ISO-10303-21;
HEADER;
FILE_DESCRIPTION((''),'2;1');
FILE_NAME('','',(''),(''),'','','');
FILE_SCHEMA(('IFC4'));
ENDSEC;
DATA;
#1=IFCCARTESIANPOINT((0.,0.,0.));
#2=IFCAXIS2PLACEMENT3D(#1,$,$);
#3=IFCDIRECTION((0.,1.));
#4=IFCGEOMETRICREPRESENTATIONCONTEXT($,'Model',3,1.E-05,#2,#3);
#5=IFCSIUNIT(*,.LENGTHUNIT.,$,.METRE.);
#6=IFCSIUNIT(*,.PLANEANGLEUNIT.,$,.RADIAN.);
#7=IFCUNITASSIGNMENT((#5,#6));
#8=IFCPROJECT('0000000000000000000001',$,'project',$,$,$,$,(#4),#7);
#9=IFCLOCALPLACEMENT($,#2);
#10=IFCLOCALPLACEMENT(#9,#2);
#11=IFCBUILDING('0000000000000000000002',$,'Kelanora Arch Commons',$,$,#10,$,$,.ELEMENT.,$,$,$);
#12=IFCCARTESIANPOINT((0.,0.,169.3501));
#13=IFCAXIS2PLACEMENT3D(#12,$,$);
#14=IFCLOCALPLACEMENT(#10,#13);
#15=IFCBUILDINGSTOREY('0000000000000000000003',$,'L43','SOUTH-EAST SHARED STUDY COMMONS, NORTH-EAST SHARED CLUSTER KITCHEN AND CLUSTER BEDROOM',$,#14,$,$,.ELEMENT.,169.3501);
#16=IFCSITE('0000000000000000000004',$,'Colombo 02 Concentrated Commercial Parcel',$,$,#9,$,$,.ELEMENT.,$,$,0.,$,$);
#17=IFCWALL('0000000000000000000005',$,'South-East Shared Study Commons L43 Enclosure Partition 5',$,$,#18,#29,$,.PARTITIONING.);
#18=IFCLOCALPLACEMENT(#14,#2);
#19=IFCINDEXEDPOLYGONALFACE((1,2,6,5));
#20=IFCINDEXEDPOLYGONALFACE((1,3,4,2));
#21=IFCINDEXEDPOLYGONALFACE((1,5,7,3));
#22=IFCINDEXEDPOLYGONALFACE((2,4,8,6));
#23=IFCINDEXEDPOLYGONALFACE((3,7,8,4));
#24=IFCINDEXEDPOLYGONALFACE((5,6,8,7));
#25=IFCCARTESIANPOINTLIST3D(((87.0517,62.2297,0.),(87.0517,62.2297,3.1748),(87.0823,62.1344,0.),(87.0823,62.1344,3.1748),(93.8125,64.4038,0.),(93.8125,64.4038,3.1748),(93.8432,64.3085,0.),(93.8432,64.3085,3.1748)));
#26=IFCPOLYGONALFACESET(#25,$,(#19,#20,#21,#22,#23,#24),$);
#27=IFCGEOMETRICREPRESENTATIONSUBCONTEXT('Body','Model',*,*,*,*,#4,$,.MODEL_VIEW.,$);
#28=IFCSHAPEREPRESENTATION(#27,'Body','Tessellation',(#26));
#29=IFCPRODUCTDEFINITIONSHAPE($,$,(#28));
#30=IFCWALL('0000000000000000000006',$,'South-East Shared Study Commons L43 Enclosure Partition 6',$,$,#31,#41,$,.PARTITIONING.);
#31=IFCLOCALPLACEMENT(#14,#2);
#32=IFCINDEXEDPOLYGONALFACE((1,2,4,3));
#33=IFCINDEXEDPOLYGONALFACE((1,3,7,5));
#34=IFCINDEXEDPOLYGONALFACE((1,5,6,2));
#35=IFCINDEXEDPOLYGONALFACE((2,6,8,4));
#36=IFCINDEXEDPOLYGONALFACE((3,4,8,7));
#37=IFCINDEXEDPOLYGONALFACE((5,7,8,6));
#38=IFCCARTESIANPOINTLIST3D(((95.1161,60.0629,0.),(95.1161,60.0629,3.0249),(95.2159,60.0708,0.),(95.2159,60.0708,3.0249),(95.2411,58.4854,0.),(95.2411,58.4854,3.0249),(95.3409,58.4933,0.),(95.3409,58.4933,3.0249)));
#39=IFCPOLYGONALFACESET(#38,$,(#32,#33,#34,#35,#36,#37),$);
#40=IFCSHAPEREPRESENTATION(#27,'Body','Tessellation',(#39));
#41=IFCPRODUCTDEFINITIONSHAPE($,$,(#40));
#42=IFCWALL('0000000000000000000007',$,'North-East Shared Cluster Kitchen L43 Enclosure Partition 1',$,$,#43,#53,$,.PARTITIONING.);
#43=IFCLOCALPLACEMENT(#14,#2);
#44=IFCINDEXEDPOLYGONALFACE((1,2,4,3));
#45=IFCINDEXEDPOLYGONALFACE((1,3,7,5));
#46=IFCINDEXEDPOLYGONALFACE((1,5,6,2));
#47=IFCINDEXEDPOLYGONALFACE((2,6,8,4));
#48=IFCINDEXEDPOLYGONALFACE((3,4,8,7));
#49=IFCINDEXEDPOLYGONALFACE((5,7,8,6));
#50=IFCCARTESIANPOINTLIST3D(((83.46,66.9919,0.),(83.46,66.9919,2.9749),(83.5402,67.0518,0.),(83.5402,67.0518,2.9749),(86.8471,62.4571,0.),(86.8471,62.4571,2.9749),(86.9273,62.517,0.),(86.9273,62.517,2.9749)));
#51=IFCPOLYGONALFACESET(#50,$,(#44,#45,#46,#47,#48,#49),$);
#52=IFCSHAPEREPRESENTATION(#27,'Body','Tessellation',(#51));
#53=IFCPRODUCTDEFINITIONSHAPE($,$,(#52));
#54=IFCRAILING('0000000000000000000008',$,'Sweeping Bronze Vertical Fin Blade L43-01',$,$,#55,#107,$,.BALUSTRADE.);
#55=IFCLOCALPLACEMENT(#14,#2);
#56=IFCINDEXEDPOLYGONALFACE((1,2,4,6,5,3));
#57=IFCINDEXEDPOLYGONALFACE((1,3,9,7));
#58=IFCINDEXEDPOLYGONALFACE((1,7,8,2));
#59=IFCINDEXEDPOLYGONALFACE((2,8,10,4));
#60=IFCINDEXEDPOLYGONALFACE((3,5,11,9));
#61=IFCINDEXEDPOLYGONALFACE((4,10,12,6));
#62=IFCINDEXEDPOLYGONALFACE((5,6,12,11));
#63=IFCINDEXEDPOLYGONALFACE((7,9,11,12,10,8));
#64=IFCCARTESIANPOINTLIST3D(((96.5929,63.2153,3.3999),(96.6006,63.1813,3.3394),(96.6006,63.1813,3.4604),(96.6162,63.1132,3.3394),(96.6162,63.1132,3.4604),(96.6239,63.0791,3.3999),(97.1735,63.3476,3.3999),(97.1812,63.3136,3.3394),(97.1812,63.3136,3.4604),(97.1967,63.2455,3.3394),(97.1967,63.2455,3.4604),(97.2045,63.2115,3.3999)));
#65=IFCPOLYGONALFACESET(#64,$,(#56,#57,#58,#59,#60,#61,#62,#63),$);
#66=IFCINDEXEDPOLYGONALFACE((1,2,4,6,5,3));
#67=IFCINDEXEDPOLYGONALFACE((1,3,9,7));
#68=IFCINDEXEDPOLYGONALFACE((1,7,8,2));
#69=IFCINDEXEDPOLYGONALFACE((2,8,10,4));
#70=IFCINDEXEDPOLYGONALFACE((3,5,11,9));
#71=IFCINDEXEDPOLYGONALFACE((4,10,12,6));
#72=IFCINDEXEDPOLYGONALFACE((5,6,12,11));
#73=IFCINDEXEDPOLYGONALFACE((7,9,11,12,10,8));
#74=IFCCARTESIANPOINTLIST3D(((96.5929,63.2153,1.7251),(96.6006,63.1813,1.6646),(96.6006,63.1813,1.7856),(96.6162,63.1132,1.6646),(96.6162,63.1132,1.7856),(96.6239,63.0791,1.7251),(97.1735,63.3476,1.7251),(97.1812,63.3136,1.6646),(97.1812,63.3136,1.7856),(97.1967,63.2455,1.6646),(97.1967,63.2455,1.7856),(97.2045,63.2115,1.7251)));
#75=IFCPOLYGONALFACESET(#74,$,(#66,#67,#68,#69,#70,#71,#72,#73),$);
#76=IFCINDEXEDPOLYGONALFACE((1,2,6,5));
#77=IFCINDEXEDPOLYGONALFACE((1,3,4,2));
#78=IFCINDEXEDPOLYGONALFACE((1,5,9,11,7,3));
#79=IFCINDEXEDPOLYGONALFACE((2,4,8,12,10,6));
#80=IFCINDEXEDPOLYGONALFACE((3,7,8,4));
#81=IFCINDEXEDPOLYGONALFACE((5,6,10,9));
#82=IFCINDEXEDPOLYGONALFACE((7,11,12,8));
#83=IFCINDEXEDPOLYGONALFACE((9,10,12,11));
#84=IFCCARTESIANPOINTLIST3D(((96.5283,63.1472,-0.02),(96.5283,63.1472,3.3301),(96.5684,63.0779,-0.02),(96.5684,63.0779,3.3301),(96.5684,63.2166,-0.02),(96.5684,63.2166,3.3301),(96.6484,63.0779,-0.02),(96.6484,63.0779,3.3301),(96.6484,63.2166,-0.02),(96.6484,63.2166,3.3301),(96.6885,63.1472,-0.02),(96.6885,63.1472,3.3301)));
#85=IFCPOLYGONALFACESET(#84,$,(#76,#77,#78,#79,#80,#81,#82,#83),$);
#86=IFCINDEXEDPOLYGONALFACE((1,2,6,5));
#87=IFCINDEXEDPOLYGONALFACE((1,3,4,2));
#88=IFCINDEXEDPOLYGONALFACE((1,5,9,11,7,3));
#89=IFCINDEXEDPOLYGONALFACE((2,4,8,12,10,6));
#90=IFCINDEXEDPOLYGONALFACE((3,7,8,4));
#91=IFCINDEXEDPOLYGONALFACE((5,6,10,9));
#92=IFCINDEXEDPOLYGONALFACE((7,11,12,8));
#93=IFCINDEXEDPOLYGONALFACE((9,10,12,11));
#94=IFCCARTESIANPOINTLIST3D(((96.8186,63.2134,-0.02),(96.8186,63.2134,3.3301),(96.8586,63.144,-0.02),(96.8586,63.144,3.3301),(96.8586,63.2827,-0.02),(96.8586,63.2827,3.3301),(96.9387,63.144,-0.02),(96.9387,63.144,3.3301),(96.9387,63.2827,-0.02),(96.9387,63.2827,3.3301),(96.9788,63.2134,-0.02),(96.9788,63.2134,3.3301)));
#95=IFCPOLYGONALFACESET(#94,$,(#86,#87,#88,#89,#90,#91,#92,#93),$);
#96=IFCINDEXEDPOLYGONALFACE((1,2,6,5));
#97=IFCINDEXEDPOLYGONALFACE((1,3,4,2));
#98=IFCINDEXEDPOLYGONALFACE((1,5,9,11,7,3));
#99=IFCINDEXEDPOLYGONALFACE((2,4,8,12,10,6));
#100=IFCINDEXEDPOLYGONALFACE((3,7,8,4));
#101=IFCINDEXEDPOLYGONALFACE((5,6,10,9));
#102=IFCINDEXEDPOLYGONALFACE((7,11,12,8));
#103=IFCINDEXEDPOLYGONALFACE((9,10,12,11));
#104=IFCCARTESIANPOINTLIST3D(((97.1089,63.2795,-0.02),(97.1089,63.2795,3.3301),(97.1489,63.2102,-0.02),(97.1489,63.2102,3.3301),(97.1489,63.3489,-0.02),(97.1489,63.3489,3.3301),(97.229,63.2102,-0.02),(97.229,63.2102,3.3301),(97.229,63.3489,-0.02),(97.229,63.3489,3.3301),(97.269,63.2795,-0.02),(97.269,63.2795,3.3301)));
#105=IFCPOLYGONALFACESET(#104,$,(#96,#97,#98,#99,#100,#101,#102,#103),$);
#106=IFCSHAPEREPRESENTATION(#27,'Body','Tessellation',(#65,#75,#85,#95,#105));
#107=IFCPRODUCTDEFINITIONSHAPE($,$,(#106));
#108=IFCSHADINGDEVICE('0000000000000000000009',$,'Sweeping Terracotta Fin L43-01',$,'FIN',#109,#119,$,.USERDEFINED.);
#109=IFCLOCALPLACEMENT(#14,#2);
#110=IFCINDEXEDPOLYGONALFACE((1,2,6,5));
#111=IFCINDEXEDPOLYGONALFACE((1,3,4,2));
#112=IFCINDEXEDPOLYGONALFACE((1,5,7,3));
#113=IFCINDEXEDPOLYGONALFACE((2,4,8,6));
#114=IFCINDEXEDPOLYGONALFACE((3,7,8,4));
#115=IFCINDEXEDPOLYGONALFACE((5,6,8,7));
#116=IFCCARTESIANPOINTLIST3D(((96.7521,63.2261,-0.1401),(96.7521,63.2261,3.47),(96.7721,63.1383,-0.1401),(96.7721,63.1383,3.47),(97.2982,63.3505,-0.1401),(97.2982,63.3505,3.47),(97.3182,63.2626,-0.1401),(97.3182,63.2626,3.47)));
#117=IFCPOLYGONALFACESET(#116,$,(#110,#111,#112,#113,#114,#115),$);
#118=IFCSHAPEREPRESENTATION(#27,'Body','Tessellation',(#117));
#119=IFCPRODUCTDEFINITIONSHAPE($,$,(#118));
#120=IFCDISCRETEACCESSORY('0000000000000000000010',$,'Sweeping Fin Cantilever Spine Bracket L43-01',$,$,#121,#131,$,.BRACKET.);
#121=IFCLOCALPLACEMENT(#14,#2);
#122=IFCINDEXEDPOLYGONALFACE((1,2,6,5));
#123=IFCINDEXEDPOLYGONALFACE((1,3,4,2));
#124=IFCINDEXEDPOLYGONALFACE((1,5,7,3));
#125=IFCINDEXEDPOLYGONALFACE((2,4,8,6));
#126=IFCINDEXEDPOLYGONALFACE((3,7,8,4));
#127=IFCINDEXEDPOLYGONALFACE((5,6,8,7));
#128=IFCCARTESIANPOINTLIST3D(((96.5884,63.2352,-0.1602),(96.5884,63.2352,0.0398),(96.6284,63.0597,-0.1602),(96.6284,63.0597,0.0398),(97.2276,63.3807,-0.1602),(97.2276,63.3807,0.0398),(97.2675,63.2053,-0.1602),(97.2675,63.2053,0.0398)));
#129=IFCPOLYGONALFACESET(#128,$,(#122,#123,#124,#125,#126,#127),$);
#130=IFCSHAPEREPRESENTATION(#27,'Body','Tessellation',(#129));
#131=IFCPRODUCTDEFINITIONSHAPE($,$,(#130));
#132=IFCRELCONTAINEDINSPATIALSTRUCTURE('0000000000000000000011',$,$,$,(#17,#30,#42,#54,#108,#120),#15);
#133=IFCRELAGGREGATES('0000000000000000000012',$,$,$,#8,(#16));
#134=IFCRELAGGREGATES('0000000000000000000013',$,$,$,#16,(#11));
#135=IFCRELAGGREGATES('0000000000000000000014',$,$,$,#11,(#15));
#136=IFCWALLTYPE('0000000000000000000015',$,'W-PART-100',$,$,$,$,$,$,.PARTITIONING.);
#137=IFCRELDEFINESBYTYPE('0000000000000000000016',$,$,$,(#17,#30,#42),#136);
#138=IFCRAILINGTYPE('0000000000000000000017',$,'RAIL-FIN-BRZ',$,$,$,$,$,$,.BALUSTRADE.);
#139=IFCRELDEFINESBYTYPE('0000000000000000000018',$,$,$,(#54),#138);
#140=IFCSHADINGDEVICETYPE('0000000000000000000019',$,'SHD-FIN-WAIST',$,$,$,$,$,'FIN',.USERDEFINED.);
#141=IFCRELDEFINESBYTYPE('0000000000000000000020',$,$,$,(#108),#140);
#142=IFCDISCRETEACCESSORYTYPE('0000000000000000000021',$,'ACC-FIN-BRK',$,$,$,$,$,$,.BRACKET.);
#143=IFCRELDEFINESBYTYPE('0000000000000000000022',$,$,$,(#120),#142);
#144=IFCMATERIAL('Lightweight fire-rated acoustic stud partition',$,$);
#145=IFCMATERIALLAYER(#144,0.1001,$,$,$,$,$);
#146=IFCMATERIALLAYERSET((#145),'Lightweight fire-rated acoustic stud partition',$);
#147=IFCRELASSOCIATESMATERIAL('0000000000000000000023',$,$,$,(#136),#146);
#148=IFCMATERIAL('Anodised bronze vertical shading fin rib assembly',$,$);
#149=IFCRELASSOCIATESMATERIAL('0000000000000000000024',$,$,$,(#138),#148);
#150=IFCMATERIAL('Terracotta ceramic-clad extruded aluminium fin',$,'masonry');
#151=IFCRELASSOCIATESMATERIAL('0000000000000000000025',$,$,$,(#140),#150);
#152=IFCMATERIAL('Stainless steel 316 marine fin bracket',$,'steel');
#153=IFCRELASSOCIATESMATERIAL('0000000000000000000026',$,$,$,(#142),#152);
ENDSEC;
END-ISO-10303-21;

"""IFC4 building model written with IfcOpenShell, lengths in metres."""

from ifc_helpers import new_model, si_unit, direction, frame, frame_2d, origin, origin_2d, place, context, subcontext, project, spatial, polyline, rectangle, outline, extrude, source, transform, mapped, material, layer, layer_set, type_object, element, save


model = new_model("IFC4")

# Units and contexts
model_context = context("Model", 3, precision=1e-05, world=origin(), true_north=direction((0.0, 1.0)))
body_context = subcontext(model_context, "Body", "Model", "MODEL_VIEW")
ifc_project = project(units=[si_unit("LENGTHUNIT", "METRE"), si_unit("PLANEANGLEUNIT", "RADIAN")], contexts=[model_context])

# Site, building, storey
site_placement = place(None, origin())
site = spatial("IfcSite", under=ifc_project, at=site_placement, Name="Colombo 02 Concentrated Commercial Parcel", CompositionType="ELEMENT", RefElevation=0.0)
building_placement = place(site_placement, origin())
building = spatial("IfcBuilding", under=site, at=building_placement, Name="Kelanora Arch Commons", CompositionType="ELEMENT")
storey_placement = place(building_placement, frame((0.0, 0.0, 169.3501)))
storey = spatial("IfcBuildingStorey", under=building, at=storey_placement, Name="L43", Description="SOUTH-EAST SHARED STUDY COMMONS, NORTH-EAST SHARED CLUSTER KITCHEN AND CLUSTER BEDROOM", CompositionType="ELEMENT", Elevation=169.3501)

# Walls
ifc_material_1 = material(Name="Lightweight fire-rated acoustic stud partition")
ifc_layer_1 = layer(ifc_material_1, 0.1001)
ifc_layer_set_1 = layer_set([ifc_layer_1], Name="Lightweight fire-rated acoustic stud partition")
wall_type = type_object("IfcWallType", Name="W-PART-100", PredefinedType="PARTITIONING", material=ifc_layer_set_1)
wall_1_placement = place(storey_placement, frame((87.0671, 62.1821, 0.0), z_axis=(0.0, 0.0, 1.0), x_axis=(0.951988, 0.306134, 0.0)))
element("IfcWall", 1, at=wall_1_placement, inside=storey, type_object=wall_type, Name="South-East Shared Study Commons L43 Enclosure Partition 5", PredefinedType="PARTITIONING", context=body_context, shape_type="SweptSolid", body=[
    extrude(rectangle(XDim=7.1018, YDim=0.1001, at=frame_2d((3.5508, 0.0))), origin(), (0.0, 0.0, 1.0), 3.1748),
])
wall_2_placement = place(storey_placement, frame((95.166, 60.0669, 0.0), z_axis=(0.0, 0.0, 1.0), x_axis=(0.078985, -0.996876, 0.0)))
element("IfcWall", 2, at=wall_2_placement, inside=storey, type_object=wall_type, Name="South-East Shared Study Commons L43 Enclosure Partition 6", PredefinedType="PARTITIONING", context=body_context, shape_type="SweptSolid", body=[
    extrude(rectangle(XDim=1.5825, YDim=0.1001, at=frame_2d((0.7913, 0.0))), origin(), (0.0, 0.0, 1.0), 3.0249),
])
wall_3_placement = place(storey_placement, frame((86.8872, 62.4871, 0.0), z_axis=(0.0, 0.0, 1.0), x_axis=(-0.598418, 0.801184, 0.0)))
element("IfcWall", 3, at=wall_3_placement, inside=storey, type_object=wall_type, Name="North-East Shared Cluster Kitchen L43 Enclosure Partition 1", PredefinedType="PARTITIONING", context=body_context, shape_type="SweptSolid", body=[
    extrude(rectangle(XDim=5.6602, YDim=0.1001, at=frame_2d((2.8301, 0.0))), origin(), (0.0, 0.0, 1.0), 2.9749),
])

# Railing
ifc_material_2 = material(Name="Anodised bronze vertical shading fin rib assembly")
railing_type_1 = type_object("IfcRailingType", Name="RAIL-FIN-BRZ", PredefinedType="BALUSTRADE", material=ifc_material_2)
railing_1_placement = place(storey_placement, frame((96.6084, 63.1472, -0.02)))
element("IfcRailing", 4, at=railing_1_placement, inside=storey, type_object=railing_type_1, Name="Sweeping Bronze Vertical Fin Blade L43-01", PredefinedType="BALUSTRADE", context=body_context, shape_type="SweptSolid", body=[
    extrude(outline(polyline([(0.0698, 0.0), (0.0349, 0.0605), (-0.0349, 0.0605), (-0.0698, 0.0), (-0.0349, -0.0605), (0.0349, -0.0605), (0.0698, 0.0)])), frame((0.0, 0.0, 3.4199), z_axis=(0.974996, 0.222224, 0.0), x_axis=(-0.222224, 0.974996, 0.0)), (0.0, 0.0, 1.0), 0.5955),
    extrude(outline(polyline([(0.0698, 0.0), (0.0349, 0.0605), (-0.0349, 0.0605), (-0.0698, 0.0), (-0.0349, -0.0605), (0.0349, -0.0605), (0.0698, 0.0)])), frame((0.0, 0.0, 1.7451), z_axis=(0.974996, 0.222224, 0.0), x_axis=(-0.222224, 0.974996, 0.0)), (0.0, 0.0, 1.0), 0.5955),
    extrude(outline(polyline([(0.0801, 0.0), (0.04, 0.0693), (-0.04, 0.0693), (-0.0801, 0.0), (-0.04, -0.0693), (0.04, -0.0693), (0.0801, 0.0)])), origin(), (0.0, 0.0, 1.0), 3.3501),
    extrude(outline(polyline([(0.0801, 0.0), (0.04, 0.0693), (-0.04, 0.0693), (-0.0801, 0.0), (-0.04, -0.0693), (0.04, -0.0693), (0.0801, 0.0)])), frame((0.2903, 0.0662, 0.0)), (0.0, 0.0, 1.0), 3.3501),
    extrude(outline(polyline([(0.0801, 0.0), (0.04, 0.0693), (-0.04, 0.0693), (-0.0801, 0.0), (-0.04, -0.0693), (0.04, -0.0693), (0.0801, 0.0)])), frame((0.5806, 0.1323, 0.0)), (0.0, 0.0, 1.0), 3.3501),
])

# Shading device
ifc_material_3 = material(Name="Terracotta ceramic-clad extruded aluminium fin", Category="masonry")
shading_device_type = type_object("IfcShadingDeviceType", Name="SHD-FIN-WAIST", ElementType="FIN", PredefinedType="USERDEFINED", material=ifc_material_3)
shared_shape_1 = source(origin(), body_context, "Body", "SweptSolid", [
    extrude(rectangle(XDim=0.5601, YDim=0.0901, at=origin_2d()), origin(), (0.0, 0.0, 1.0), 3.6101),
])
shading_device_placement = place(storey_placement, frame((97.0352, 63.2444, -0.1401), z_axis=(0.0, 0.0, 1.0), x_axis=(0.975033, 0.222059, 0.0)))
element("IfcShadingDevice", 5, at=shading_device_placement, inside=storey, type_object=shading_device_type, Name="Sweeping Terracotta Fin L43-01", ObjectType="FIN", PredefinedType="USERDEFINED", context=body_context, shape_type="MappedRepresentation", body=[
    mapped(shared_shape_1, transform((0.0, 0.0, 0.0), scale=1.0)),
])

# Discrete accessory
ifc_material_4 = material(Name="Stainless steel 316 marine fin bracket", Category="steel")
discrete_accessory_type = type_object("IfcDiscreteAccessoryType", Name="ACC-FIN-BRK", PredefinedType="BRACKET", material=ifc_material_4)
shared_shape_2 = source(origin(), body_context, "Body", "SweptSolid", [
    extrude(rectangle(XDim=0.6555, YDim=0.1799, at=origin_2d()), origin(), (0.0, 0.0, 1.0), 0.2),
])
discrete_accessory_placement = place(storey_placement, frame((96.928, 63.2202, -0.1602), z_axis=(0.0, 0.0, 1.0), x_axis=(0.975033, 0.222059, 0.0)))
element("IfcDiscreteAccessory", 6, at=discrete_accessory_placement, inside=storey, type_object=discrete_accessory_type, Name="Sweeping Fin Cantilever Spine Bracket L43-01", PredefinedType="BRACKET", context=body_context, shape_type="MappedRepresentation", body=[
    mapped(shared_shape_2, transform((0.0, 0.0, 0.0), scale=1.0)),
])

save(model, "model.ifc")
